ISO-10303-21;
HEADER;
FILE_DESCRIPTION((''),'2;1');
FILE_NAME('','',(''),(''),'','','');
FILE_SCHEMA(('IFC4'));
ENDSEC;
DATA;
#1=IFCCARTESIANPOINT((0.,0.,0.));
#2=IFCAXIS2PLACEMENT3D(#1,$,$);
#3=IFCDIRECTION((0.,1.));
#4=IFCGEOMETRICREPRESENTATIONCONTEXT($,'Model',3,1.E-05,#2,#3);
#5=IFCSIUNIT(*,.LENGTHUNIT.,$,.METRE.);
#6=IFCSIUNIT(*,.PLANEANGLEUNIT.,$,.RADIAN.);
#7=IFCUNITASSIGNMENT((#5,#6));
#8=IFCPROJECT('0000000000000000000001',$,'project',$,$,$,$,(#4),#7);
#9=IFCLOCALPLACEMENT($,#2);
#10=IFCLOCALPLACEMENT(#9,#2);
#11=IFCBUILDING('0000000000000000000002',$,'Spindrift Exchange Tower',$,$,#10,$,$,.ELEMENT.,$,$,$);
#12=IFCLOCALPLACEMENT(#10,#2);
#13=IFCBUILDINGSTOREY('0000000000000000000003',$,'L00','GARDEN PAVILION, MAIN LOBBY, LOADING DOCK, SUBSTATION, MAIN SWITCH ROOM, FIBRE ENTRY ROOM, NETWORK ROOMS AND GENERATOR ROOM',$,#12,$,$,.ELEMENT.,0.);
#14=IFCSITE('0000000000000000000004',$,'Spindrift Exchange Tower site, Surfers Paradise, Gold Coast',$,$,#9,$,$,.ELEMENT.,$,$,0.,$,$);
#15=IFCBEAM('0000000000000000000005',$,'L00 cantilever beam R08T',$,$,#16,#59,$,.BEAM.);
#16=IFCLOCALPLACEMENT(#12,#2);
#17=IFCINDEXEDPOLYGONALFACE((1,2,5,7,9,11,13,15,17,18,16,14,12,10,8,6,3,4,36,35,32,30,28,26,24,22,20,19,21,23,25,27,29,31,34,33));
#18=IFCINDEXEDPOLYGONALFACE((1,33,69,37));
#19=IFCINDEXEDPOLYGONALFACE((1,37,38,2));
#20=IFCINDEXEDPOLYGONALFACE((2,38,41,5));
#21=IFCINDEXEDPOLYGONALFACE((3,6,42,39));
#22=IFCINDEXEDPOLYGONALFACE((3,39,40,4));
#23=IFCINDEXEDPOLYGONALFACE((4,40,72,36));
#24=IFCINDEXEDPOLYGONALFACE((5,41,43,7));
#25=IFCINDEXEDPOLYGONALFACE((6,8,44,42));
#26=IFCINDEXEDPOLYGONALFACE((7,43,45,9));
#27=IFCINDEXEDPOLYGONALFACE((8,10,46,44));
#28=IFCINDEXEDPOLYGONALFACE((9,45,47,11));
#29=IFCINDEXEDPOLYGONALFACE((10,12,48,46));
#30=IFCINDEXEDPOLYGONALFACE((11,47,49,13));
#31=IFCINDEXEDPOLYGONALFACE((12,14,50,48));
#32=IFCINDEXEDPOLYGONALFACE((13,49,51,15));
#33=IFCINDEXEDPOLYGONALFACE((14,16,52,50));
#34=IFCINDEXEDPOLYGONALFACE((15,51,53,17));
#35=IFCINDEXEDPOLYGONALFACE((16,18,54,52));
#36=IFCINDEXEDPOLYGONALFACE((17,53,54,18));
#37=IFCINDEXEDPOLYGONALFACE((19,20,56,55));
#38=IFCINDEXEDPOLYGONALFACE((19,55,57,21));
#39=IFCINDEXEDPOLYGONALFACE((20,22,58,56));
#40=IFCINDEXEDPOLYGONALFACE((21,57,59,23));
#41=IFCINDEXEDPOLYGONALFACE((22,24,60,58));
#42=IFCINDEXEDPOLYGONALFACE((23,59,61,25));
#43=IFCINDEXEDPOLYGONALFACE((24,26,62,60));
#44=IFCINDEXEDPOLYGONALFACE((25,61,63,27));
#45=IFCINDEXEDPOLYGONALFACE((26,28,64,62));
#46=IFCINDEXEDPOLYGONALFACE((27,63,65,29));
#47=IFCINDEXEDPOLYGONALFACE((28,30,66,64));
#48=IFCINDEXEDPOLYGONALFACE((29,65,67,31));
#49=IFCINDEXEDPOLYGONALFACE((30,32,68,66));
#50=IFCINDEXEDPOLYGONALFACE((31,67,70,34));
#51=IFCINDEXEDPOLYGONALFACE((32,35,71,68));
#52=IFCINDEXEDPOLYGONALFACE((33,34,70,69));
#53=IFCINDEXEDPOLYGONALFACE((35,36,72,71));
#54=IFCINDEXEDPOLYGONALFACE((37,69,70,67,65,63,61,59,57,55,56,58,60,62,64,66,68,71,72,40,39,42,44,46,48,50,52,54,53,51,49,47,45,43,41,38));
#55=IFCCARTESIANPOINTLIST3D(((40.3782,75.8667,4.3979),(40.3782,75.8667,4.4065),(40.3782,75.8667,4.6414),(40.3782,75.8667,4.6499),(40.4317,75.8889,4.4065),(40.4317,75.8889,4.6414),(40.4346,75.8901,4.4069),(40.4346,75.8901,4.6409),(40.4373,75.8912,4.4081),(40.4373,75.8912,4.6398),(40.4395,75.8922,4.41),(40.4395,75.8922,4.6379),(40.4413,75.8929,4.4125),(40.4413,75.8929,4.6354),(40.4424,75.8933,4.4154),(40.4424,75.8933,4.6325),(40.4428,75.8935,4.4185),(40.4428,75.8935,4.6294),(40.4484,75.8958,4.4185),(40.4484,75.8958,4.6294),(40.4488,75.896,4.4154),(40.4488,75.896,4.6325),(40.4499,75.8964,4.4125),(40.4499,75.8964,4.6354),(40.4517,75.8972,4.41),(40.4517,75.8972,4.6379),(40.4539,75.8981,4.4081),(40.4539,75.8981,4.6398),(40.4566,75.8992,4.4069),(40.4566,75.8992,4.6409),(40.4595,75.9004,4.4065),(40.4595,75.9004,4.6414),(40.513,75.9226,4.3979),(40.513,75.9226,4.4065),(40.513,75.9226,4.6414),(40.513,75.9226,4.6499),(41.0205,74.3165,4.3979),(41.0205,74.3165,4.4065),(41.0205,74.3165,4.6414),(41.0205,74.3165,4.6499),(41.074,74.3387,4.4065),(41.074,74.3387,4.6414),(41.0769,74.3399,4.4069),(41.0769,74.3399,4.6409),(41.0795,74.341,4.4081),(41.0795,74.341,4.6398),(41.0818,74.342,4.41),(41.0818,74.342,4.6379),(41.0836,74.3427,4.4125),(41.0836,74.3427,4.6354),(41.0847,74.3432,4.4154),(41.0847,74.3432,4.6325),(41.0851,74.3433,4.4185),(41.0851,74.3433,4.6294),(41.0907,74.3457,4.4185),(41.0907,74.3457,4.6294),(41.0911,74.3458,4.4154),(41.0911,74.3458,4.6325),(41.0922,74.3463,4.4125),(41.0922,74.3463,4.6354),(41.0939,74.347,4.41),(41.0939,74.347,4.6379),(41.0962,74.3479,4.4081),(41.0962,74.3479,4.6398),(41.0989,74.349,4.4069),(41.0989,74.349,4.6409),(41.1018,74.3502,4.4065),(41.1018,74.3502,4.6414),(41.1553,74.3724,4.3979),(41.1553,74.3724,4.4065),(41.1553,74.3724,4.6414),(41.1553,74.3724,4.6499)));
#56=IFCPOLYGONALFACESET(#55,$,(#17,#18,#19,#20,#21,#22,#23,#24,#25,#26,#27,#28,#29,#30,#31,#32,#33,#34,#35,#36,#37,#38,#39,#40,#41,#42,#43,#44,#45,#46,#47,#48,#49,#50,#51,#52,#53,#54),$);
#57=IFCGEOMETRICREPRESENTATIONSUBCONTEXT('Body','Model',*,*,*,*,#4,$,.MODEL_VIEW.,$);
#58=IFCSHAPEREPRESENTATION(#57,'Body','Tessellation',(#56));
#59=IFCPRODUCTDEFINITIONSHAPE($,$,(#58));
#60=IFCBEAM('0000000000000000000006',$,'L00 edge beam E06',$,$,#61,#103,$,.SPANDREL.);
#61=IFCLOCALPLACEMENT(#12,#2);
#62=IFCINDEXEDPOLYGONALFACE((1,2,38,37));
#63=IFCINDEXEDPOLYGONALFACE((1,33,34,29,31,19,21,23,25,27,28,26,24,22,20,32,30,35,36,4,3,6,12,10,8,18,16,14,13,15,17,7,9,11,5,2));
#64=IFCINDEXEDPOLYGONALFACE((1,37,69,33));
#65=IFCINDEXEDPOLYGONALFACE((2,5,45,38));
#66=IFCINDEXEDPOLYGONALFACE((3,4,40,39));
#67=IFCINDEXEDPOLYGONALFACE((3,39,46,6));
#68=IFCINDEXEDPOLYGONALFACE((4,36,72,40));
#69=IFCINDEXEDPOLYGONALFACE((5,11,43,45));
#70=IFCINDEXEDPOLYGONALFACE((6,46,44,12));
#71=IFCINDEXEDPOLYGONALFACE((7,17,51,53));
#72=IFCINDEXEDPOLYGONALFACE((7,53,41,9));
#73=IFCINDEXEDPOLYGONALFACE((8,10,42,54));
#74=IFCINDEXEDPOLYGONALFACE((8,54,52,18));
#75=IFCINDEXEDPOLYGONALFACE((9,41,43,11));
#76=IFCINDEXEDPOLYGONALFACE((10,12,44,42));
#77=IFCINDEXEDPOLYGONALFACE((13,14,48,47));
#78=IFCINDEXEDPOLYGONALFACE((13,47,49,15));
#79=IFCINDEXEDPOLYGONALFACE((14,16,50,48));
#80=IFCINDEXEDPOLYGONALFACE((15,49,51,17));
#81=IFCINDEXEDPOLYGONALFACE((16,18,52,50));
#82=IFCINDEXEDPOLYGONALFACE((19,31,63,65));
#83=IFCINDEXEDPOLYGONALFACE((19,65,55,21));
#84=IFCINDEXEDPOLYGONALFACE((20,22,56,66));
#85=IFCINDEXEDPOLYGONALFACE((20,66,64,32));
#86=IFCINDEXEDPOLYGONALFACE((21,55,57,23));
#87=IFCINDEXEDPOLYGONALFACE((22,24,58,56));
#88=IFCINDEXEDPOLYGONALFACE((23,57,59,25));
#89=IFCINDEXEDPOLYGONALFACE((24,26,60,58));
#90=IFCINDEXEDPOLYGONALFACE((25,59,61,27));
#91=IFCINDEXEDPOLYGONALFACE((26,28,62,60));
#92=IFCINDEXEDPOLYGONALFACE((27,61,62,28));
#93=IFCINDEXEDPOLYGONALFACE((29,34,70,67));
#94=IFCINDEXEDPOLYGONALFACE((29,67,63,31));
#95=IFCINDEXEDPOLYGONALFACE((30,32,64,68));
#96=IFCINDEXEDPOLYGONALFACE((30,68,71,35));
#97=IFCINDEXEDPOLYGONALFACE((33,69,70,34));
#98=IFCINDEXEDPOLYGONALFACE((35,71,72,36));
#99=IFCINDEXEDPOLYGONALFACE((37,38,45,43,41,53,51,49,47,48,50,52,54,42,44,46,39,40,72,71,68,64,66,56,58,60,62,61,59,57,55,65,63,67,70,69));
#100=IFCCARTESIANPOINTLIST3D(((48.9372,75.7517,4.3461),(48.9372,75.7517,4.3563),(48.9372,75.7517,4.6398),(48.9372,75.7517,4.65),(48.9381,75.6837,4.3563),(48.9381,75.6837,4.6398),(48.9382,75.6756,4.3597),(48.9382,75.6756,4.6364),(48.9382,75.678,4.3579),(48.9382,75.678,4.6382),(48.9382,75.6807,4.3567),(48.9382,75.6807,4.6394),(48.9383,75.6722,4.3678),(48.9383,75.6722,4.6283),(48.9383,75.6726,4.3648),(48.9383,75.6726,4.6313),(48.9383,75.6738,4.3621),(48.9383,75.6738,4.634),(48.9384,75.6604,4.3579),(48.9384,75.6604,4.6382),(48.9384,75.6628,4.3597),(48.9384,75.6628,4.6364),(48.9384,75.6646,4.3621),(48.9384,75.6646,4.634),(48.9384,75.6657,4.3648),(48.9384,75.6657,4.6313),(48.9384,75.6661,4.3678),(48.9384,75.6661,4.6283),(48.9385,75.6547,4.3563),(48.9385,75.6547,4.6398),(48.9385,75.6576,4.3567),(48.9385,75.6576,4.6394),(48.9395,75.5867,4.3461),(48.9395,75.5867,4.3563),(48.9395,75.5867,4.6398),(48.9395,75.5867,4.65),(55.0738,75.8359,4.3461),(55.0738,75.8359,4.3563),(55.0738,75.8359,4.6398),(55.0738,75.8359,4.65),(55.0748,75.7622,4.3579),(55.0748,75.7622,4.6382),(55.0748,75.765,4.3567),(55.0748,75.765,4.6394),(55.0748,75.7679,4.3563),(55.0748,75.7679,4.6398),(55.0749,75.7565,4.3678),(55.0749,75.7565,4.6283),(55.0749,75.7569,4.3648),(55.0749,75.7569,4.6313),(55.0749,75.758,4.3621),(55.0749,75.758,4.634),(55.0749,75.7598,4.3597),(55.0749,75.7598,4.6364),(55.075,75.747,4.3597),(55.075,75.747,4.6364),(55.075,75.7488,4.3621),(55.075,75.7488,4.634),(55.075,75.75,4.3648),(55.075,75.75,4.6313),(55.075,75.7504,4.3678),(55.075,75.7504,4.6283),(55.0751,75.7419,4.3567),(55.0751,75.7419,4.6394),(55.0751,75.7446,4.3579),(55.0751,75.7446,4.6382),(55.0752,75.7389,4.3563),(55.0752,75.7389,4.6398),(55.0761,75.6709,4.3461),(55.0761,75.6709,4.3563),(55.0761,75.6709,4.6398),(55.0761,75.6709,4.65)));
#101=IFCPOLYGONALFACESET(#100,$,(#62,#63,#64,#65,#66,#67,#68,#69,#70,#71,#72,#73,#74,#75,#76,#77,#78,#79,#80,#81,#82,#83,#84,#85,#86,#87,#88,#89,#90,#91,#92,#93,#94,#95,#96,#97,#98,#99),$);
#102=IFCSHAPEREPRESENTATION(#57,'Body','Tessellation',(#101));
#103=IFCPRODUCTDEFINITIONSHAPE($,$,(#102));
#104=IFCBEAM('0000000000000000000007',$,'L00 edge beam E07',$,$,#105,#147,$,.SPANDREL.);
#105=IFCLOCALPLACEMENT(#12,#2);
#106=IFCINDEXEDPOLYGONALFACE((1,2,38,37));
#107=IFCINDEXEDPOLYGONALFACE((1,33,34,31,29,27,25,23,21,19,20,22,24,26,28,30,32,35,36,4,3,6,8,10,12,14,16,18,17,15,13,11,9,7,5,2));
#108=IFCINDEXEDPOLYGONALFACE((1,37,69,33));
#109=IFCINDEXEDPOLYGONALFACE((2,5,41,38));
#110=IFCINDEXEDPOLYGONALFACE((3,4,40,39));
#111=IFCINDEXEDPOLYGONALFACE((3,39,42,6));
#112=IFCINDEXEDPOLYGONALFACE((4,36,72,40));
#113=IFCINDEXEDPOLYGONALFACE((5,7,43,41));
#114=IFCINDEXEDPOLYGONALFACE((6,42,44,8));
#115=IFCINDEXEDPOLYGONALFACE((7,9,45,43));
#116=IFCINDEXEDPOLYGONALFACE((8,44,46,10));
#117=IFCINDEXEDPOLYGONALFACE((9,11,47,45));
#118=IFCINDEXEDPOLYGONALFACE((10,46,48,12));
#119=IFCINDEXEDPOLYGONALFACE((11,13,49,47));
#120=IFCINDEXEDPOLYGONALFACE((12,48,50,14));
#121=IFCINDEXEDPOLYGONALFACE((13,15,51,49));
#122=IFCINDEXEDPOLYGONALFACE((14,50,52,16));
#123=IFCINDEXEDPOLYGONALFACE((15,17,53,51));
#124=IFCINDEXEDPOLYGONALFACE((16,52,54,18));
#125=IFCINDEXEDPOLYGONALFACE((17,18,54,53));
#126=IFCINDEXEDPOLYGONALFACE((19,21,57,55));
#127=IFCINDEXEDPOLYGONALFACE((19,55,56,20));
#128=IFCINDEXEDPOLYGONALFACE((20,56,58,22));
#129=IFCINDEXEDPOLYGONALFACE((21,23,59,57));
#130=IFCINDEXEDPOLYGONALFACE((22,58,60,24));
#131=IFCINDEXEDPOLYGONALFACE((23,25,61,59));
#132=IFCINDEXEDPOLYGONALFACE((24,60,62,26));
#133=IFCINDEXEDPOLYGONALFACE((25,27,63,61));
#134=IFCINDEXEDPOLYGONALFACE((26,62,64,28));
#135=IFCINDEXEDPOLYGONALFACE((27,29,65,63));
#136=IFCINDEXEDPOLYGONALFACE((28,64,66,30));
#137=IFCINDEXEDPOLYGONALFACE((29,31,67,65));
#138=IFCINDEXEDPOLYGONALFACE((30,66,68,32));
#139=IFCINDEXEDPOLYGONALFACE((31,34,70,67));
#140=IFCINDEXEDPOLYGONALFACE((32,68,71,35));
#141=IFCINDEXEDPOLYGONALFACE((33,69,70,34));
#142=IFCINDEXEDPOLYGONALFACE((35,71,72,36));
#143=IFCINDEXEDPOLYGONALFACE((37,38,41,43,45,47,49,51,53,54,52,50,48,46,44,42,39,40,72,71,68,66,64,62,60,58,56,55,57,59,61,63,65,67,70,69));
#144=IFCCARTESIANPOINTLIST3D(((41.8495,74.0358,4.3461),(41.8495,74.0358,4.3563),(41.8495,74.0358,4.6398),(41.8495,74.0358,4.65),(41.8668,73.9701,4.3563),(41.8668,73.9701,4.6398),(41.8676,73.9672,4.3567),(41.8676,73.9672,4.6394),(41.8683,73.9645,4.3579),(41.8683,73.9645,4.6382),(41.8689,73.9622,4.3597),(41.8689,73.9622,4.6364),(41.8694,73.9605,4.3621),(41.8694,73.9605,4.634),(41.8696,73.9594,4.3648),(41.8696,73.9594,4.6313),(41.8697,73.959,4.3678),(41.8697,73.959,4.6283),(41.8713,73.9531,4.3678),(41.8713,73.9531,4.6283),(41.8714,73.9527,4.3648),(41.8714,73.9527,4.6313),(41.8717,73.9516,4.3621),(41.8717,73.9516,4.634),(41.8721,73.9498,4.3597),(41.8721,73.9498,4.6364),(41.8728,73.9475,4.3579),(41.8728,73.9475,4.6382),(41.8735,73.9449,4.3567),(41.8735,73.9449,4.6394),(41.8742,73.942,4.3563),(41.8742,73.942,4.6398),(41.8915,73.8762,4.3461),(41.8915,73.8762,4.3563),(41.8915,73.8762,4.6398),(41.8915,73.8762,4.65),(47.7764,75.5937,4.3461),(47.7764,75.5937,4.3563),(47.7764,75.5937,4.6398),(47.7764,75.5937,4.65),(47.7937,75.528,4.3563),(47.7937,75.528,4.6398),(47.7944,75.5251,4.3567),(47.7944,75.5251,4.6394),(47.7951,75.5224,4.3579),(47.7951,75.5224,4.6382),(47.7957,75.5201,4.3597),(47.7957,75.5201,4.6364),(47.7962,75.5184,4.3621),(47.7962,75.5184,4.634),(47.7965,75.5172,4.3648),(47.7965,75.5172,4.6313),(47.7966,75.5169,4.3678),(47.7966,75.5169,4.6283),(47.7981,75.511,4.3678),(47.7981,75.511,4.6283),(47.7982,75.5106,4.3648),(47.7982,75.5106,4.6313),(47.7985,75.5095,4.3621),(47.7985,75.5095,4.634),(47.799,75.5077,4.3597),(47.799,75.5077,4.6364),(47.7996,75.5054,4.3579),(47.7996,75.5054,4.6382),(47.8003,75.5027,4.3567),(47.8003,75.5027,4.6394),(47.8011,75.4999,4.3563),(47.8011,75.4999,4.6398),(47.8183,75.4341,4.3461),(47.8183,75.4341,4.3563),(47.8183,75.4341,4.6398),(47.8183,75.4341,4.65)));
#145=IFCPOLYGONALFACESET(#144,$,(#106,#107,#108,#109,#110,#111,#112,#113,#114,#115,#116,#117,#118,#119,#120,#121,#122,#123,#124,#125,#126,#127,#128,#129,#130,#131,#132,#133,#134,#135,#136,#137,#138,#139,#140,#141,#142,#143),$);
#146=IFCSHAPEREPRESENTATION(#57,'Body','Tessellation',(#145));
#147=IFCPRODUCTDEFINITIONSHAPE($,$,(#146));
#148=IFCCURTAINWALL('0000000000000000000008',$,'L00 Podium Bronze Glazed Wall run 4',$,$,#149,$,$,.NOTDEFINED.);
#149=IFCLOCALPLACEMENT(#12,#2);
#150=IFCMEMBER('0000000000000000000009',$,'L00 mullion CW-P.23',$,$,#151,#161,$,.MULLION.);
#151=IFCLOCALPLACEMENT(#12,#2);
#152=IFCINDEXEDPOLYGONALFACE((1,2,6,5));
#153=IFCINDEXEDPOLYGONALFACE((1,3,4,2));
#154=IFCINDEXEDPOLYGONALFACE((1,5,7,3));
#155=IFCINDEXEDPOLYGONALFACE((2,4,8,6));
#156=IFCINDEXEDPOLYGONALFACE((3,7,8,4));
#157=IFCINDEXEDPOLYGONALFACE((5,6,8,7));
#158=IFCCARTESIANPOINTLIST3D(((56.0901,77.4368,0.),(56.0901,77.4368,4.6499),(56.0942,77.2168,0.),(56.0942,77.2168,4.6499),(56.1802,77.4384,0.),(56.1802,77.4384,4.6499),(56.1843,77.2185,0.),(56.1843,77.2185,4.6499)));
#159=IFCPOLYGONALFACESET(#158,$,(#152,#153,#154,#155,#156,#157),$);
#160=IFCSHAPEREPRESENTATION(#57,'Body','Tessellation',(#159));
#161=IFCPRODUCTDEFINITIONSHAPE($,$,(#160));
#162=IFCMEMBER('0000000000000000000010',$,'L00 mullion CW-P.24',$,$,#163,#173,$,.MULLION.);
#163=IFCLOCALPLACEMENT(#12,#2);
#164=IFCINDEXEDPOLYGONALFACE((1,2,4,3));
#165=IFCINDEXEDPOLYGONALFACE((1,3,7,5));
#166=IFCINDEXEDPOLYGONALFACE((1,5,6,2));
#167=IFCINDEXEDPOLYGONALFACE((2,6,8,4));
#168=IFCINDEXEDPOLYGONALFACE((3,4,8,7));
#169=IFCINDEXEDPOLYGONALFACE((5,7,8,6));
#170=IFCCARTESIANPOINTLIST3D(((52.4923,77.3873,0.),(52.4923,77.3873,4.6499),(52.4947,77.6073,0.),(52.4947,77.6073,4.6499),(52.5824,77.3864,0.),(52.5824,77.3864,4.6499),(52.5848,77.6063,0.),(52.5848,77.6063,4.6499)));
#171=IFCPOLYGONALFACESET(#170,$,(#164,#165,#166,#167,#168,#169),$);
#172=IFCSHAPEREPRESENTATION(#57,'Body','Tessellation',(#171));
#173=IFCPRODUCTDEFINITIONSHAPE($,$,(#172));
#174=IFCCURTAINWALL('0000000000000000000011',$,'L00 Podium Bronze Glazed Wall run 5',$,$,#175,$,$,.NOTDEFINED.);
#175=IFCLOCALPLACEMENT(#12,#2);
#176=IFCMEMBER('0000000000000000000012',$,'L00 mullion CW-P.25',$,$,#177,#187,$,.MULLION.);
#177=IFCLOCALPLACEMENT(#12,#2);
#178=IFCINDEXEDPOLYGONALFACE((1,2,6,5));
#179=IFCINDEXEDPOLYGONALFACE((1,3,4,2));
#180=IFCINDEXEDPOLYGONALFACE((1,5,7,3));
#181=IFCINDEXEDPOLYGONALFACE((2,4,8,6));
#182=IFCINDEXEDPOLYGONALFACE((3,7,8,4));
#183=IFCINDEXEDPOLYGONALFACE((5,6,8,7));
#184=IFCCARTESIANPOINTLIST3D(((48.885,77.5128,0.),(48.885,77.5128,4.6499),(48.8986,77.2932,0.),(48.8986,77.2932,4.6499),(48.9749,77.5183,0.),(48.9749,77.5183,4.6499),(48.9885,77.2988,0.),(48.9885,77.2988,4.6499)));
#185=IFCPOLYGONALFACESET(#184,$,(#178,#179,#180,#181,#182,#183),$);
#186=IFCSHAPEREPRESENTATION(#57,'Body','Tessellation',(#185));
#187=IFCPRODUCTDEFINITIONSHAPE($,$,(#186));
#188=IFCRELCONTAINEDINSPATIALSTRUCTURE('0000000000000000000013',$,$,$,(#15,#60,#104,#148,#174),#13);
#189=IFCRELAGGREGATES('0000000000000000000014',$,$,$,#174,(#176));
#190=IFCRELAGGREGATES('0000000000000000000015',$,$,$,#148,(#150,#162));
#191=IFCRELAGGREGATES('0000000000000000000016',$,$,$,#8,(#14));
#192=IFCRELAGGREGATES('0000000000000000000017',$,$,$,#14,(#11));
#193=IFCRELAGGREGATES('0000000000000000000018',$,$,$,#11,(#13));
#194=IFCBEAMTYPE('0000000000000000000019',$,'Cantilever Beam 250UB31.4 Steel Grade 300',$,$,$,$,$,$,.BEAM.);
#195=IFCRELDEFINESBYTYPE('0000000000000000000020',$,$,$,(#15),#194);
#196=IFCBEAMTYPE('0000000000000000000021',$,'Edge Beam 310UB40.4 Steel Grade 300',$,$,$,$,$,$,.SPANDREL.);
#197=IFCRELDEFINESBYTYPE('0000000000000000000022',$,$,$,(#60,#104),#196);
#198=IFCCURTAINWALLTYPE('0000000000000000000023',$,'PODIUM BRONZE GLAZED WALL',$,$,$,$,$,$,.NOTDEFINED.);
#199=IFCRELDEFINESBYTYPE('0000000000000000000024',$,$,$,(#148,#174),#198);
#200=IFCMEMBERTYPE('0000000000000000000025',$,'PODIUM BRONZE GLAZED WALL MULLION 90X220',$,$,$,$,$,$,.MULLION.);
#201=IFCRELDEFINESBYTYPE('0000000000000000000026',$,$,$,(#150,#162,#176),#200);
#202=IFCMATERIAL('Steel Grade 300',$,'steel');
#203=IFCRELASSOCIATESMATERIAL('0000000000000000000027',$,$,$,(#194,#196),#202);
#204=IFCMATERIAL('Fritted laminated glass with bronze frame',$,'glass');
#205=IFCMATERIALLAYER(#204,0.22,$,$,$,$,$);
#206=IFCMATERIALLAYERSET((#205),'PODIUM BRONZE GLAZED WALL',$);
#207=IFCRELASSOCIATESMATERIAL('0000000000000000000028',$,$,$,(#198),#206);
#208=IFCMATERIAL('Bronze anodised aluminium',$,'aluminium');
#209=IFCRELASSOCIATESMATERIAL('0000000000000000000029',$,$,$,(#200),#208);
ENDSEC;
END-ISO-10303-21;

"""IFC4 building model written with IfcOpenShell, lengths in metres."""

from ifc_helpers import new_model, si_unit, direction, frame, origin, origin_2d, place, context, subcontext, project, spatial, rectangle, i_section, extrude, source, transform, mapped, material, layer, layer_set, material_profile, profile_set, type_object, element, aggregate, save


model = new_model("IFC4")

# Units and contexts
model_context = context("Model", 3, precision=1e-05, world=origin(), true_north=direction((0.0, 1.0)))
body_context = subcontext(model_context, "Body", "Model", "MODEL_VIEW")
ifc_project = project(units=[si_unit("LENGTHUNIT", "METRE"), si_unit("PLANEANGLEUNIT", "RADIAN")], contexts=[model_context])

# Site, building, storey
site_placement = place(None, origin())
site = spatial("IfcSite", under=ifc_project, at=site_placement, Name="Spindrift Exchange Tower site, Surfers Paradise, Gold Coast", CompositionType="ELEMENT", RefElevation=0.0)
building_placement = place(site_placement, origin())
building = spatial("IfcBuilding", under=site, at=building_placement, Name="Spindrift Exchange Tower", CompositionType="ELEMENT")
storey_placement = place(building_placement, origin())
storey = spatial("IfcBuildingStorey", under=building, at=storey_placement, Name="L00", Description="GARDEN PAVILION, MAIN LOBBY, LOADING DOCK, SUBSTATION, MAIN SWITCH ROOM, FIBRE ENTRY ROOM, NETWORK ROOMS AND GENERATOR ROOM", CompositionType="ELEMENT", Elevation=0.0)

# Beams
ifc_material_1 = material(Name="Steel Grade 300", Category="steel")
ifc_material_profile_1 = material_profile(ifc_material_1, i_section(OverallWidth=0.146, OverallDepth=0.252, WebThickness=0.0061, FlangeThickness=0.0085, FilletRadius=0.012, at=origin_2d()), Name="250UB31.4")
ifc_profile_set_1 = profile_set([ifc_material_profile_1], Name="Steel Grade 300")
beam_type_1 = type_object("IfcBeamType", Name="Cantilever Beam 250UB31.4 Steel Grade 300", PredefinedType="BEAM", material=ifc_profile_set_1)
shared_shape_1 = source(origin(), body_context, "Body", "SweptSolid", [
    extrude(i_section(OverallWidth=0.146, OverallDepth=0.252, WebThickness=0.0061, FlangeThickness=0.0085, FilletRadius=0.012, at=origin_2d()), origin(), (0.0, 0.0, 1.0), 1.678),
])
beam_1_placement = place(storey_placement, frame((41.0879, 74.3445, 4.5239), z_axis=(-0.382776, 0.923841, 0.0), x_axis=(-0.923841, -0.382776, 0.0)))
element("IfcBeam", 1, at=beam_1_placement, inside=storey, type_object=beam_type_1, Name="L00 cantilever beam R08T", PredefinedType="BEAM", context=body_context, shape_type="MappedRepresentation", body=[
    mapped(shared_shape_1, transform((0.0, 0.0, 0.0), scale=1.0)),
])
ifc_material_profile_2 = material_profile(ifc_material_1, i_section(OverallWidth=0.165, OverallDepth=0.304, WebThickness=0.0061, FlangeThickness=0.0103, FilletRadius=0.0115, at=origin_2d()), Name="310UB40.4")
ifc_profile_set_2 = profile_set([ifc_material_profile_2], Name="Steel Grade 300")
beam_type_2 = type_object("IfcBeamType", Name="Edge Beam 310UB40.4 Steel Grade 300", PredefinedType="SPANDREL", material=ifc_profile_set_2)
shared_shape_2 = source(origin(), body_context, "Body", "SweptSolid", [
    extrude(i_section(OverallWidth=0.165, OverallDepth=0.304, WebThickness=0.0061, FlangeThickness=0.0103, FilletRadius=0.0115, at=origin_2d()), origin(), (0.0, 0.0, 1.0), 6.1372),
])
beam_2_placement = place(storey_placement, frame((55.075, 75.7534, 4.498), z_axis=(-0.999906, -0.013724, 0.0), x_axis=(0.013724, -0.999906, 0.0)))
element("IfcBeam", 2, at=beam_2_placement, inside=storey, type_object=beam_type_2, Name="L00 edge beam E06", PredefinedType="SPANDREL", context=body_context, shape_type="MappedRepresentation", body=[
    mapped(shared_shape_2, transform((0.0, 0.0, 0.0), scale=1.0)),
])
shared_shape_3 = source(origin(), body_context, "Body", "SweptSolid", [
    extrude(i_section(OverallWidth=0.165, OverallDepth=0.304, WebThickness=0.0061, FlangeThickness=0.0103, FilletRadius=0.0115, at=origin_2d()), origin(), (0.0, 0.0, 1.0), 6.1282),
])
beam_3_placement = place(storey_placement, frame((47.7974, 75.5139, 4.498), z_axis=(-0.967147, -0.254217, 0.0), x_axis=(0.254217, -0.967147, 0.0)))
element("IfcBeam", 3, at=beam_3_placement, inside=storey, type_object=beam_type_2, Name="L00 edge beam E07", PredefinedType="SPANDREL", context=body_context, shape_type="MappedRepresentation", body=[
    mapped(shared_shape_3, transform((0.0, 0.0, 0.0), scale=1.0)),
])

# Curtain walls, members
ifc_material_2 = material(Name="Fritted laminated glass with bronze frame", Category="glass")
ifc_layer_1 = layer(ifc_material_2, 0.22)
ifc_layer_set_1 = layer_set([ifc_layer_1], Name="PODIUM BRONZE GLAZED WALL")
curtain_wall_type = type_object("IfcCurtainWallType", Name="PODIUM BRONZE GLAZED WALL", PredefinedType="NOTDEFINED", material=ifc_layer_set_1)
curtain_wall_1_placement = place(storey_placement, origin())
curtain_wall_1 = element("IfcCurtainWall", 4, at=curtain_wall_1_placement, inside=storey, type_object=curtain_wall_type, Name="L00 Podium Bronze Glazed Wall run 4", PredefinedType="NOTDEFINED")
ifc_material_3 = material(Name="Bronze anodised aluminium", Category="aluminium")
ifc_material_profile_3 = material_profile(ifc_material_3, rectangle(XDim=0.0901, YDim=0.22, at=origin_2d()), Name="PODIUM BRONZE GLAZED WALL MULLION 90X220")
ifc_profile_set_3 = profile_set([ifc_material_profile_3], Name="Bronze anodised aluminium")
member_type_1 = type_object("IfcMemberType", Name="PODIUM BRONZE GLAZED WALL MULLION 90X220", PredefinedType="MULLION", material=ifc_profile_set_3)
shared_shape_4 = source(origin(), body_context, "Body", "SweptSolid", [
    extrude(rectangle(XDim=0.0901, YDim=0.22, at=origin_2d()), origin(), (0.0, 0.0, 1.0), 4.6499),
])
member_1_placement = place(storey_placement, frame((56.1372, 77.3276, 0.0), z_axis=(0.0, 0.0, 1.0), x_axis=(-0.999827, -0.018601, 0.0)))
member_1 = element("IfcMember", 5, at=member_1_placement, type_object=member_type_1, Name="L00 mullion CW-P.23", PredefinedType="MULLION", context=body_context, shape_type="MappedRepresentation", body=[
    mapped(shared_shape_4, transform((0.0, 0.0, 0.0), scale=1.0)),
])
member_2_placement = place(storey_placement, frame((52.5386, 77.4968, 0.0), z_axis=(0.0, 0.0, 1.0), x_axis=(-0.999941, 0.010832, 0.0)))
member_2 = element("IfcMember", 6, at=member_2_placement, type_object=member_type_1, Name="L00 mullion CW-P.24", PredefinedType="MULLION", context=body_context, shape_type="MappedRepresentation", body=[
    mapped(shared_shape_4, transform((0.0, 0.0, 0.0), scale=1.0)),
])
curtain_wall_2_placement = place(storey_placement, origin())
curtain_wall_2 = element("IfcCurtainWall", 7, at=curtain_wall_2_placement, inside=storey, type_object=curtain_wall_type, Name="L00 Podium Bronze Glazed Wall run 5", PredefinedType="NOTDEFINED")
member_3_placement = place(storey_placement, frame((48.9368, 77.4058, 0.0), z_axis=(0.0, 0.0, 1.0), x_axis=(-0.998098, -0.061645, 0.0)))
member_3 = element("IfcMember", 8, at=member_3_placement, type_object=member_type_1, Name="L00 mullion CW-P.25", PredefinedType="MULLION", context=body_context, shape_type="MappedRepresentation", body=[
    mapped(shared_shape_4, transform((0.0, 0.0, 0.0), scale=1.0)),
])

aggregate(curtain_wall_2, [member_3])
aggregate(curtain_wall_1, [member_1, member_2])

save(model, "model.ifc")
